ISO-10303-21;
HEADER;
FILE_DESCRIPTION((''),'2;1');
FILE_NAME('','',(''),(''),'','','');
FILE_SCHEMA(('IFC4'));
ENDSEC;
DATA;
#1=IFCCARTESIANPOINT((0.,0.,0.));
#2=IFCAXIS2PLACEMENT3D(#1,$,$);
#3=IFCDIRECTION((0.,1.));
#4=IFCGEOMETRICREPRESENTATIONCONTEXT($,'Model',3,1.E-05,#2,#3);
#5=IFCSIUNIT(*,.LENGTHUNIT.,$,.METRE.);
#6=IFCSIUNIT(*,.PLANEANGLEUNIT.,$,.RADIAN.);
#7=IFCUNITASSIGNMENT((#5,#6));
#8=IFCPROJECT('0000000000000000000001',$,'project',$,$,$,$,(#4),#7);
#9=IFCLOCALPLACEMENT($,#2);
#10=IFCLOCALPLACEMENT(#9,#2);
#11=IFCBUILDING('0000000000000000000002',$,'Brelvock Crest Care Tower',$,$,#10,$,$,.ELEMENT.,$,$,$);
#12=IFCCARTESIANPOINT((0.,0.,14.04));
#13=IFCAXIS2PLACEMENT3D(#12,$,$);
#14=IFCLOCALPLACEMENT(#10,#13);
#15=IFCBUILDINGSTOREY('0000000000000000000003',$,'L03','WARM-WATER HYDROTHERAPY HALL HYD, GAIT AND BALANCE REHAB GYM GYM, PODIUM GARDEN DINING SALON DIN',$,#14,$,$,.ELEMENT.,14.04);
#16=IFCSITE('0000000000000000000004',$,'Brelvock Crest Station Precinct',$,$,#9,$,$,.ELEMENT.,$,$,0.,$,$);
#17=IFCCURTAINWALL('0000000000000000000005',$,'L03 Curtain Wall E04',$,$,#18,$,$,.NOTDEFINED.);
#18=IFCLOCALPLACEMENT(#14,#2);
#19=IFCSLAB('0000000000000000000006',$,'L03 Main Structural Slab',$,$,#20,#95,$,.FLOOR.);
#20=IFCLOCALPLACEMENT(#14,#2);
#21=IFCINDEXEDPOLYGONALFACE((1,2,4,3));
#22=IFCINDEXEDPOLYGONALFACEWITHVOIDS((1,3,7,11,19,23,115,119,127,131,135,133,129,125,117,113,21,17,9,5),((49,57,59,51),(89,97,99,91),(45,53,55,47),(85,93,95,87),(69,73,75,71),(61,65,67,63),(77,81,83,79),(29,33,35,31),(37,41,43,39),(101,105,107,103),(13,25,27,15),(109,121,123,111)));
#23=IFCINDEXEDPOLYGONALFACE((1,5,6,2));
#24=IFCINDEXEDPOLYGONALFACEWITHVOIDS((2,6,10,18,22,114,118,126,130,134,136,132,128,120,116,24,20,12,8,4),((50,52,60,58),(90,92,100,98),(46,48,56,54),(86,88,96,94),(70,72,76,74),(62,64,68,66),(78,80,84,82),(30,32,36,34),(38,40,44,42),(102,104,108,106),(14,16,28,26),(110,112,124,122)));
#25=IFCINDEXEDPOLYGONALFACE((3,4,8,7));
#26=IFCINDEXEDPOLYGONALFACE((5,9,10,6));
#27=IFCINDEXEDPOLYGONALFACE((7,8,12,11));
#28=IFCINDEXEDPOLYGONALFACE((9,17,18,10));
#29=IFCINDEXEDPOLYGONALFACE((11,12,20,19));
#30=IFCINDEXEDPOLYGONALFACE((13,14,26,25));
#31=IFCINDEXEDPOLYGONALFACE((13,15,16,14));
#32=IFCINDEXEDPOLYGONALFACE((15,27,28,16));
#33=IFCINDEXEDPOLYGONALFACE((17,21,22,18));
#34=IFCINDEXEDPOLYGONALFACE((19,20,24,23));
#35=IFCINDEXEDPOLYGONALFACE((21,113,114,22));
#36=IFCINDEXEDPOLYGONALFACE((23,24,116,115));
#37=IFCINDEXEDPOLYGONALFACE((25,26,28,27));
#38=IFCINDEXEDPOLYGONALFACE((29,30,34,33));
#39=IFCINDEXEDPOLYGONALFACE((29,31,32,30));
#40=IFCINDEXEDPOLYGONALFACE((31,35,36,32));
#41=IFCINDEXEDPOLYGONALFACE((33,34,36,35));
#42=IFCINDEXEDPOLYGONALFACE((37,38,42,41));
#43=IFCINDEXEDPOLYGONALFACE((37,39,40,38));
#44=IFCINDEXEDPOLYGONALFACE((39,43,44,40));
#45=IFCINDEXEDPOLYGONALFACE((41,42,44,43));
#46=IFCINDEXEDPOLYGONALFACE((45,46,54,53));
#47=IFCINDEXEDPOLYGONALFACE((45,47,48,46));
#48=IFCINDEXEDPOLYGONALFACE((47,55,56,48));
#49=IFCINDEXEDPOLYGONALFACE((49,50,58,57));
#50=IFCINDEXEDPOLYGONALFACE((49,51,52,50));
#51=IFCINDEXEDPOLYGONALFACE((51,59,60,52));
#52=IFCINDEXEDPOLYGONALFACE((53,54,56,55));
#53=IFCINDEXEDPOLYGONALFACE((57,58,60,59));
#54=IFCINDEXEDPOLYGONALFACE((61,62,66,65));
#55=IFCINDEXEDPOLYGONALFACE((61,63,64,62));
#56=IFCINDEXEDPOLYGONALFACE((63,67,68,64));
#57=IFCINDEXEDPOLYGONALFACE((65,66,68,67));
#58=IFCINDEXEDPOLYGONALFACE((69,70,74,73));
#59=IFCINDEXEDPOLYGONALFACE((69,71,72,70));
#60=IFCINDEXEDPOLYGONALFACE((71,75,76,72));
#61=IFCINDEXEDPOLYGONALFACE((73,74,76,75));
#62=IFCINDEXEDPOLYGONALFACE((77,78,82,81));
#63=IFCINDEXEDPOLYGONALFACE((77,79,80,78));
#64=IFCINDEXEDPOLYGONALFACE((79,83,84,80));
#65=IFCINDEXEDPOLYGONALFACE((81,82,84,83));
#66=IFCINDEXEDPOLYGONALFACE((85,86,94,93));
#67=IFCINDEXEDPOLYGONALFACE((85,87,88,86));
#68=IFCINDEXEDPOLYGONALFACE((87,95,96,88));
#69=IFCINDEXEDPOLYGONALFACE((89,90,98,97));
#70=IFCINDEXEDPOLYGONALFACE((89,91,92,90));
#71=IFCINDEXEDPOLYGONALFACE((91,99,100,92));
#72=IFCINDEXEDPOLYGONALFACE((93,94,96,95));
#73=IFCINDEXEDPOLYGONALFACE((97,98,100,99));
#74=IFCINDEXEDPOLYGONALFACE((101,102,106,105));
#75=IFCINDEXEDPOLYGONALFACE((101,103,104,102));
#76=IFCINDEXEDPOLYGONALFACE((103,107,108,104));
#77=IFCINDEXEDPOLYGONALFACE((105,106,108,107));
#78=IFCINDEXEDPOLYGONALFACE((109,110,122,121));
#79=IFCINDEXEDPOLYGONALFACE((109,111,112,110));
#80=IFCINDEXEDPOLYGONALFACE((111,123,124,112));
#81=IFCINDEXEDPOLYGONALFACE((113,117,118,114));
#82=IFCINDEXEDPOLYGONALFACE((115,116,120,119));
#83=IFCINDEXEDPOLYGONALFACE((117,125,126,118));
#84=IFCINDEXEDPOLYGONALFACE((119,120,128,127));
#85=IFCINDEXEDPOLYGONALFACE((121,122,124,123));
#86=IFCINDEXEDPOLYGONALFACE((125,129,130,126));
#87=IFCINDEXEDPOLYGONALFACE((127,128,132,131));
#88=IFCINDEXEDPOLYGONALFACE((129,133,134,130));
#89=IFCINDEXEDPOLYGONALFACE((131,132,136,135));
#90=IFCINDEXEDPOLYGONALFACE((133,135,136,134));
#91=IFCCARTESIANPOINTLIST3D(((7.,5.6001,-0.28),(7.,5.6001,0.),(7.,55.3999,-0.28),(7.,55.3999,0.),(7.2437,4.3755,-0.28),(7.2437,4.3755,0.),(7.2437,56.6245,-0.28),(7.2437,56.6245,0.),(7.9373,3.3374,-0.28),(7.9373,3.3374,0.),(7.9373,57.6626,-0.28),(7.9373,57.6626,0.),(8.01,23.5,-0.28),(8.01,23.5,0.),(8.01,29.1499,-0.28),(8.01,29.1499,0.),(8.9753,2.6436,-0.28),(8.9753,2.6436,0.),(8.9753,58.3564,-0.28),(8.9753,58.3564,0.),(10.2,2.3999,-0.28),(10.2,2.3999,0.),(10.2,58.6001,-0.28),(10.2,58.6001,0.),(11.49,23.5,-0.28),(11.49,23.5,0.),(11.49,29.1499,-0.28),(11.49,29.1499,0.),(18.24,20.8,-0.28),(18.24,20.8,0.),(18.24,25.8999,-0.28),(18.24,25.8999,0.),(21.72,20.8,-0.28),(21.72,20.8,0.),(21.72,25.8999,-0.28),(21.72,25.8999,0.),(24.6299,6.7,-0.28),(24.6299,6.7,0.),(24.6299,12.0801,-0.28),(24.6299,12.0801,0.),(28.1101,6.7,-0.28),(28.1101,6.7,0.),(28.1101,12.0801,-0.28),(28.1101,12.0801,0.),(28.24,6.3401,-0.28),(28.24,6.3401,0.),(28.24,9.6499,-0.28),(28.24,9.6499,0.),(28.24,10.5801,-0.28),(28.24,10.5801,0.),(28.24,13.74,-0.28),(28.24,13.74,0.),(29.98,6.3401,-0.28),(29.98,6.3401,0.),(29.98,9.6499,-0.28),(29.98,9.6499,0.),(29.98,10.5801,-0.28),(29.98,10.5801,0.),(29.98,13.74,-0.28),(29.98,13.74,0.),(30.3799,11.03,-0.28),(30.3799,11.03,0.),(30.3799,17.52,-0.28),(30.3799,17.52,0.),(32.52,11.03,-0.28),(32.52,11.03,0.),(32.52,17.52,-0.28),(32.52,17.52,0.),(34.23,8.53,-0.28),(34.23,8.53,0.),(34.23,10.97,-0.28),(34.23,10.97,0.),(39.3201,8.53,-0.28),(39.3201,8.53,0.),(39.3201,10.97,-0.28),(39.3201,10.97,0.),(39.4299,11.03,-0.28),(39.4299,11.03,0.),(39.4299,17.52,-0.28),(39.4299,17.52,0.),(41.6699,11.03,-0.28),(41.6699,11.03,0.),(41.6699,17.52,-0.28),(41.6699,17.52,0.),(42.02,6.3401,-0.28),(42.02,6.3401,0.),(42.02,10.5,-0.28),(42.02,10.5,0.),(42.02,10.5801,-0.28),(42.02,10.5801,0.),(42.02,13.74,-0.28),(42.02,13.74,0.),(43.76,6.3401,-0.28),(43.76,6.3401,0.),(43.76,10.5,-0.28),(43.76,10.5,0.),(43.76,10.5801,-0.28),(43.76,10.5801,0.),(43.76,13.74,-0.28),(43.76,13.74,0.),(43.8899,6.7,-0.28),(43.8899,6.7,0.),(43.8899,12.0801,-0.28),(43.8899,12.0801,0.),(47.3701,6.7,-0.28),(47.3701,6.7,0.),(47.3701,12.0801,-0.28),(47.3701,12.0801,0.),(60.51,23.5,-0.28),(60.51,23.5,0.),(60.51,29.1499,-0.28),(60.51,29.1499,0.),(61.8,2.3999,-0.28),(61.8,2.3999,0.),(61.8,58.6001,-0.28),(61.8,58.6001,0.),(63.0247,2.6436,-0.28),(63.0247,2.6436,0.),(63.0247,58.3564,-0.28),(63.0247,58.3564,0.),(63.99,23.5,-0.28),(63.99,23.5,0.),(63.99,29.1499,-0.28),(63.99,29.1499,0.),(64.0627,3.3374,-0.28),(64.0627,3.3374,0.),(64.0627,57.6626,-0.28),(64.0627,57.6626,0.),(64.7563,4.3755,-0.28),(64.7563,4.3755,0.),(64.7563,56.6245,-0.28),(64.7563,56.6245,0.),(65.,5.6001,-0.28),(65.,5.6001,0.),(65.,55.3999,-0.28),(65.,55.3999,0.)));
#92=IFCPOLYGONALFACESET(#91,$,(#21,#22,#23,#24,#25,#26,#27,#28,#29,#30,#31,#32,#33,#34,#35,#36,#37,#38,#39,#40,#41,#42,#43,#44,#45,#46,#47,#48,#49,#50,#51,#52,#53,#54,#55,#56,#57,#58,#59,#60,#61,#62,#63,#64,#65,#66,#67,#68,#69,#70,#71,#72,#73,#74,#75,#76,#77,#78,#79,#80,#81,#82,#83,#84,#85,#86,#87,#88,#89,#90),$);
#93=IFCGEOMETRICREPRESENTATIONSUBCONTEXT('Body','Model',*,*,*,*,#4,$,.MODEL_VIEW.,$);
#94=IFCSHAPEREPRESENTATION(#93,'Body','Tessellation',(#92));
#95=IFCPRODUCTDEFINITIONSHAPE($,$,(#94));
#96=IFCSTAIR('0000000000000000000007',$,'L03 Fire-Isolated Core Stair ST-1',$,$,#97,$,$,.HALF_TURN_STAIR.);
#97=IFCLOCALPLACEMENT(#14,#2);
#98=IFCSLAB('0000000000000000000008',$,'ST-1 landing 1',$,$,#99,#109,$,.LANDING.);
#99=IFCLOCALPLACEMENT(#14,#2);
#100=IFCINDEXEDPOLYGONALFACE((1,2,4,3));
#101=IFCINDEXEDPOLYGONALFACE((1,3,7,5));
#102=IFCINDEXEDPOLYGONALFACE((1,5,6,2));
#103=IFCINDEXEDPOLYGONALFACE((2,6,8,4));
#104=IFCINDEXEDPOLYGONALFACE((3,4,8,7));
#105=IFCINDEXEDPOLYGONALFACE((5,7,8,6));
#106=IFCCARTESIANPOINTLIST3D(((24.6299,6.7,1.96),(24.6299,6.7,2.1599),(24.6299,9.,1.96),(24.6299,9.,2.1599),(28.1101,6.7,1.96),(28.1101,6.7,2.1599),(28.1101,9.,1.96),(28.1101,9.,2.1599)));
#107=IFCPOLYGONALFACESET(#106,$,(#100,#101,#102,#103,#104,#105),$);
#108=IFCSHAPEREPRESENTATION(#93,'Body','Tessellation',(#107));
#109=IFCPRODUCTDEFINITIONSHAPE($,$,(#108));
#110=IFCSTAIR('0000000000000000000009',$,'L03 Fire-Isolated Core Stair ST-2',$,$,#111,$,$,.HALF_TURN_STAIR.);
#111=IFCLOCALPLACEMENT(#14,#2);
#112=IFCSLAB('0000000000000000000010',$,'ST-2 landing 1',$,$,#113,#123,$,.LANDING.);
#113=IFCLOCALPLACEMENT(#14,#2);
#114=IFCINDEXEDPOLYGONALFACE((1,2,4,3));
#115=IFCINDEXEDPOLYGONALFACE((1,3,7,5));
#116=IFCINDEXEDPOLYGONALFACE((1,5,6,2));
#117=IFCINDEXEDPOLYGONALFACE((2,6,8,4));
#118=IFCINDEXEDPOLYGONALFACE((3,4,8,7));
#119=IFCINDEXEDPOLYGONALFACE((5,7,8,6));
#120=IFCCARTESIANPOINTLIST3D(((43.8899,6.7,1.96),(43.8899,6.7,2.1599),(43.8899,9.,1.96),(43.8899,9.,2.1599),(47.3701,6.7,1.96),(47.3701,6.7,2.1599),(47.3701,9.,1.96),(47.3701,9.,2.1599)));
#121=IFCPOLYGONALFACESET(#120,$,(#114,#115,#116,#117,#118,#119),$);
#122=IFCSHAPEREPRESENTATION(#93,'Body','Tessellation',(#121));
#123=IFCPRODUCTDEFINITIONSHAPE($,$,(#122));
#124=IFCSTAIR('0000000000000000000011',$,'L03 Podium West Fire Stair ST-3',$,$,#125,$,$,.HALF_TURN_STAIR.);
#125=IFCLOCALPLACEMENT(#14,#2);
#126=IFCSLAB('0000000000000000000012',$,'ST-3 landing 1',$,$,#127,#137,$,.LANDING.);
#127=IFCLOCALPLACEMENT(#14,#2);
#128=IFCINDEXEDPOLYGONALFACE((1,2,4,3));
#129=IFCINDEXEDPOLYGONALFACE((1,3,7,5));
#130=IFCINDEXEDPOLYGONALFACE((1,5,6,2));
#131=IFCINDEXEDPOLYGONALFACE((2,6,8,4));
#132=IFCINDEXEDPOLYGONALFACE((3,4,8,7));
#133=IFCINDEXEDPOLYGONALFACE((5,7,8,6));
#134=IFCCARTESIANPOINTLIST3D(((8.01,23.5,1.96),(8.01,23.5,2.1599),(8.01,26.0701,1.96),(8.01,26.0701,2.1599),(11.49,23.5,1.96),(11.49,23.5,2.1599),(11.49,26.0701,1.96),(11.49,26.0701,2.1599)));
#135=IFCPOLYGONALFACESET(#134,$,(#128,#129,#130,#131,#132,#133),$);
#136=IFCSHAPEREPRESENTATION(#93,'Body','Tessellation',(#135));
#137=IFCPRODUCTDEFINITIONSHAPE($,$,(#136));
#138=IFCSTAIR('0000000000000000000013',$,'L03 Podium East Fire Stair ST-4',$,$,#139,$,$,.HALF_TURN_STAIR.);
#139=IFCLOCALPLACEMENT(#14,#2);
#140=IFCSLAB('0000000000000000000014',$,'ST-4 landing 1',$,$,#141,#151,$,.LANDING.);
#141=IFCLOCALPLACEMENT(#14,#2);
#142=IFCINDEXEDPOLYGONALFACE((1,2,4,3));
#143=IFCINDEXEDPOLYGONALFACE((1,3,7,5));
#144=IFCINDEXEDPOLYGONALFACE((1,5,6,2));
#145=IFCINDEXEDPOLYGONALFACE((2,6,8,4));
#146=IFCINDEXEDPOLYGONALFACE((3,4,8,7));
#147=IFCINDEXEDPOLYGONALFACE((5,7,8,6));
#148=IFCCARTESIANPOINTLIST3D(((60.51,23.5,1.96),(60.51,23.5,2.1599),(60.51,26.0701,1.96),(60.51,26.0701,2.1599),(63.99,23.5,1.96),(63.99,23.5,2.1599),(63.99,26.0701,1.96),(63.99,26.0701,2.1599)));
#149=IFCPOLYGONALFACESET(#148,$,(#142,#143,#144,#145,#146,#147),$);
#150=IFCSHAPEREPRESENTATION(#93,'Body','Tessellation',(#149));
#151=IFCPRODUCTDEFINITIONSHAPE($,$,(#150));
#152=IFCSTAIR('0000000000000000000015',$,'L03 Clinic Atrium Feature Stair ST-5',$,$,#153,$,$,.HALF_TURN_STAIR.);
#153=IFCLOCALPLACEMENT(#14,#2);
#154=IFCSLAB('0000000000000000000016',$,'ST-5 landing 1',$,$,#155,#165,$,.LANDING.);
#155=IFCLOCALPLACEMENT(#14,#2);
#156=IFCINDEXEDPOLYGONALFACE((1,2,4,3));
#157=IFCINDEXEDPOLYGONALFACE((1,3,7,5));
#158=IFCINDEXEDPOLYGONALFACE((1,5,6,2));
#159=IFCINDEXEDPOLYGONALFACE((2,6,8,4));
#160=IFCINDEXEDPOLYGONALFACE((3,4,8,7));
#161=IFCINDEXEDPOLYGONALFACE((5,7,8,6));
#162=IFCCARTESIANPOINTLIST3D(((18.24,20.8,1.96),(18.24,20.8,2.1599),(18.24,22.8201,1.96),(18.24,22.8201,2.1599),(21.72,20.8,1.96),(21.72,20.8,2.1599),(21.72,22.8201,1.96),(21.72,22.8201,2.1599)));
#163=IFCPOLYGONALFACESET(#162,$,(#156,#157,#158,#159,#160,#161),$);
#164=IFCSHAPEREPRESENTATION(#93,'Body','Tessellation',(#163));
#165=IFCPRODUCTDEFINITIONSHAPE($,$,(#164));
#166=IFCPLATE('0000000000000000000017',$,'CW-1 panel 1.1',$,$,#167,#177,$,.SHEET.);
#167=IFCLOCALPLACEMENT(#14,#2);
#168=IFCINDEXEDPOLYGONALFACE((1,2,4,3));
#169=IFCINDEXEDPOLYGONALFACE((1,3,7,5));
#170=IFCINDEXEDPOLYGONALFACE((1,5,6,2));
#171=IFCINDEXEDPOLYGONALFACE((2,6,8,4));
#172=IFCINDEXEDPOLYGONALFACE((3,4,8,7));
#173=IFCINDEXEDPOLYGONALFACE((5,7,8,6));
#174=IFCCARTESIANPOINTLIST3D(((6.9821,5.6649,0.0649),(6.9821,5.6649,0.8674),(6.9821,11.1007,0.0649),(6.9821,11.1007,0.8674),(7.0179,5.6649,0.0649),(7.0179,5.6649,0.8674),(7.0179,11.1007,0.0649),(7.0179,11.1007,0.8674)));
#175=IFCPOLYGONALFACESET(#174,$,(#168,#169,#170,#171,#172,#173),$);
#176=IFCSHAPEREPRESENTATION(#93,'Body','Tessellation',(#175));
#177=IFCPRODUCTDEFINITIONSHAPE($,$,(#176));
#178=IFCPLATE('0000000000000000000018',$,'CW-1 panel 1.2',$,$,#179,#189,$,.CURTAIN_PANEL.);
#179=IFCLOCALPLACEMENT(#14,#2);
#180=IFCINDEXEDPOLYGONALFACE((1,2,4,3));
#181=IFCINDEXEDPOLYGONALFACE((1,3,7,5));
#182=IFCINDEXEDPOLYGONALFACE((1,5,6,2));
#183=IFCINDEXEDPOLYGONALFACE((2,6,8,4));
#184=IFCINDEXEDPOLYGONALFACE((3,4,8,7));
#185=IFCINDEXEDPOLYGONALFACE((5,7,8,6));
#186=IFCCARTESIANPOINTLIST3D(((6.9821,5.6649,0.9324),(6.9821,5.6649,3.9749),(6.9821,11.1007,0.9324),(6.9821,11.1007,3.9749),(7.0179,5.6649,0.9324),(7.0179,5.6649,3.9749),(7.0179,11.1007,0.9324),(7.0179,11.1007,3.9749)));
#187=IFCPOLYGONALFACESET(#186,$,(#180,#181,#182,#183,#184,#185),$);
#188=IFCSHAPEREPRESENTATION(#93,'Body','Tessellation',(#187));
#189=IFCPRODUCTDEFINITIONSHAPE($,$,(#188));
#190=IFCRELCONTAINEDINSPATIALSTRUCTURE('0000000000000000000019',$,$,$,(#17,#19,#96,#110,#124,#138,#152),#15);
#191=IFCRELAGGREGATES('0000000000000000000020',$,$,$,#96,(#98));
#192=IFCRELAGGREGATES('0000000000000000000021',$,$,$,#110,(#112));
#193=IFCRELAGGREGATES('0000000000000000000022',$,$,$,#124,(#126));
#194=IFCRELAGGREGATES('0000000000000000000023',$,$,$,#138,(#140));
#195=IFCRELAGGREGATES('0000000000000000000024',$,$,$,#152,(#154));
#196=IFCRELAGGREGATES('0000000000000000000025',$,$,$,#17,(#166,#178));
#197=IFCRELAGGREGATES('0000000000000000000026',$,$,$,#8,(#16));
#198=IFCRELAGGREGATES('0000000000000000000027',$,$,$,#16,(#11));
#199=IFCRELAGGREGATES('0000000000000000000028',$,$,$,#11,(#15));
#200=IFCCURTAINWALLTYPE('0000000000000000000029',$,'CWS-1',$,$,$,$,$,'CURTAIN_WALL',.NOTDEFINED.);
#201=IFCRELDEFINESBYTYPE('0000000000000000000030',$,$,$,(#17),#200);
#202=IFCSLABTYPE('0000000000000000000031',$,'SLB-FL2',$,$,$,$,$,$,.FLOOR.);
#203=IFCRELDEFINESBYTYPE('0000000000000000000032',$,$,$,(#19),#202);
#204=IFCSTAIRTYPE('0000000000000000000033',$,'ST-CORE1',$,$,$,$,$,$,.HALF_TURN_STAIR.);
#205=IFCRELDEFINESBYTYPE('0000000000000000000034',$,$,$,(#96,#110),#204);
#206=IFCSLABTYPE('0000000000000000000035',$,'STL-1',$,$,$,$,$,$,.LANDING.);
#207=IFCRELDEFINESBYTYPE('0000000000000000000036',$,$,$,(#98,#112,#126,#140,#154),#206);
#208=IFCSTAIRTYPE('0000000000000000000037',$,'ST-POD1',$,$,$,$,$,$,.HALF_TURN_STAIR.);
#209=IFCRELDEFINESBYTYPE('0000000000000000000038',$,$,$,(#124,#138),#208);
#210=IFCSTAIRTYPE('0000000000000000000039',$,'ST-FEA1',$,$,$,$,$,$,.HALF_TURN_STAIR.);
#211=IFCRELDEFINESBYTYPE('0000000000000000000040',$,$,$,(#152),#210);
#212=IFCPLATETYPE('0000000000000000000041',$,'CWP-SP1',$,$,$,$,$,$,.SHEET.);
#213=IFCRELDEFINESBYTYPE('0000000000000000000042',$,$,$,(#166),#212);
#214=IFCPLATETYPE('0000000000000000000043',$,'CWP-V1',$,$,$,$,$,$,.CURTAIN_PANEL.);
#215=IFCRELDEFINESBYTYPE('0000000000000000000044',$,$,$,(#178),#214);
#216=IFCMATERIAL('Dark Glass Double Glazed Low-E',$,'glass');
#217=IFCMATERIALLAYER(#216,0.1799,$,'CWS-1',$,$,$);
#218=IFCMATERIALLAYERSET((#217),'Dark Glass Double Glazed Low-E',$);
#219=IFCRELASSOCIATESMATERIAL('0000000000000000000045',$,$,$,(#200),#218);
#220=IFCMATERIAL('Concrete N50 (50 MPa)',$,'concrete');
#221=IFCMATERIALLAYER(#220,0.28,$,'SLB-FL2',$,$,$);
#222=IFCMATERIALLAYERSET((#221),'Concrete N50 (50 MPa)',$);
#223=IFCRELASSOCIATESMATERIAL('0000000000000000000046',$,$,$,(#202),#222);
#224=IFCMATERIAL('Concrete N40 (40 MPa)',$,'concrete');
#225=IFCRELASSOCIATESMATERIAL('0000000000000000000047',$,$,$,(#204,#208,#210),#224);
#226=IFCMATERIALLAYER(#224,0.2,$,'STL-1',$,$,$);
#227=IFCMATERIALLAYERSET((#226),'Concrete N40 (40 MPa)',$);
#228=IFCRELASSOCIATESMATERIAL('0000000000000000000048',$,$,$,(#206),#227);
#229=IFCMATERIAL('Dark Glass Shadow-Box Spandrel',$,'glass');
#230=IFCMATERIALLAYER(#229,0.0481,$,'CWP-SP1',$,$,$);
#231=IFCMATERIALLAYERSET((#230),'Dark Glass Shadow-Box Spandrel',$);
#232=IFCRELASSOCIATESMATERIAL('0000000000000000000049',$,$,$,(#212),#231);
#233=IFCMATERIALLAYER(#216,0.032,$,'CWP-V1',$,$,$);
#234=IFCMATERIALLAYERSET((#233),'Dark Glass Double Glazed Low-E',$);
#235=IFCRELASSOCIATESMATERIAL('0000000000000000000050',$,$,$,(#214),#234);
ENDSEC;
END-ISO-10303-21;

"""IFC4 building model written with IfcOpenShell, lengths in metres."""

from ifc_helpers import new_model, si_unit, direction, frame, origin, origin_2d, place, context, subcontext, project, spatial, polyline, rectangle, outline, extrude, source, transform, mapped, material, layer, layer_set, type_object, element, aggregate, save


model = new_model("IFC4")

# Units and contexts
model_context = context("Model", 3, precision=1e-05, world=origin(), true_north=direction((0.0, 1.0)))
body_context = subcontext(model_context, "Body", "Model", "MODEL_VIEW")
ifc_project = project(units=[si_unit("LENGTHUNIT", "METRE"), si_unit("PLANEANGLEUNIT", "RADIAN")], contexts=[model_context])

# Site, building, storey
site_placement = place(None, origin())
site = spatial("IfcSite", under=ifc_project, at=site_placement, Name="Brelvock Crest Station Precinct", CompositionType="ELEMENT", RefElevation=0.0)
building_placement = place(site_placement, origin())
building = spatial("IfcBuilding", under=site, at=building_placement, Name="Brelvock Crest Care Tower", CompositionType="ELEMENT")
storey_placement = place(building_placement, frame((0.0, 0.0, 14.04)))
storey = spatial("IfcBuildingStorey", under=building, at=storey_placement, Name="L03", Description="WARM-WATER HYDROTHERAPY HALL HYD, GAIT AND BALANCE REHAB GYM GYM, PODIUM GARDEN DINING SALON DIN", CompositionType="ELEMENT", Elevation=14.04)

# Curtain wall
ifc_material_1 = material(Name="Dark Glass Double Glazed Low-E", Category="glass")
ifc_layer_1 = layer(ifc_material_1, 0.1799, Name="CWS-1")
ifc_layer_set_1 = layer_set([ifc_layer_1], Name="Dark Glass Double Glazed Low-E")
curtain_wall_type = type_object("IfcCurtainWallType", Name="CWS-1", ElementType="CURTAIN_WALL", PredefinedType="NOTDEFINED", material=ifc_layer_set_1)
curtain_wall_1_placement = place(storey_placement, origin())
curtain_wall_1 = element("IfcCurtainWall", 1, at=curtain_wall_1_placement, inside=storey, type_object=curtain_wall_type, Name="L03 Curtain Wall E04", PredefinedType="NOTDEFINED")

# Slab
ifc_material_2 = material(Name="Concrete N50 (50 MPa)", Category="concrete")
ifc_layer_2 = layer(ifc_material_2, 0.28, Name="SLB-FL2")
ifc_layer_set_2 = layer_set([ifc_layer_2], Name="Concrete N50 (50 MPa)")
slab_type_1 = type_object("IfcSlabType", Name="SLB-FL2", PredefinedType="FLOOR", material=ifc_layer_set_2)
slab_1_placement = place(storey_placement, frame((0.0, 0.0, -0.28)))
element("IfcSlab", 2, at=slab_1_placement, inside=storey, type_object=slab_type_1, Name="L03 Main Structural Slab", PredefinedType="FLOOR", context=body_context, shape_type="SweptSolid", body=[
    extrude(outline(polyline([(61.8, 2.3999), (63.0247, 2.6436), (64.0627, 3.3374), (64.7563, 4.3755), (65.0, 5.6001), (65.0, 55.3999), (64.7563, 56.6245), (64.0627, 57.6626), (63.0247, 58.3564), (61.8, 58.6001), (10.2, 58.6001), (8.9753, 58.3564), (7.9373, 57.6626), (7.2437, 56.6245), (7.0, 55.3999), (7.0, 5.6001), (7.2437, 4.3755), (7.9373, 3.3374), (8.9753, 2.6436), (10.2, 2.3999), (61.8, 2.3999)]), holes=[polyline([(28.24, 10.5801), (29.98, 10.5801), (29.98, 13.74), (28.24, 13.74), (28.24, 10.5801)]), polyline([(42.02, 10.5801), (43.76, 10.5801), (43.76, 13.74), (42.02, 13.74), (42.02, 10.5801)]), polyline([(28.24, 6.3401), (29.98, 6.3401), (29.98, 9.6499), (28.24, 9.6499), (28.24, 6.3401)]), polyline([(24.6299, 12.0801), (24.6299, 6.7), (28.1101, 6.7), (28.1101, 12.0801), (24.6299, 12.0801)]), polyline([(43.8899, 12.0801), (43.8899, 6.7), (47.3701, 6.7), (47.3701, 12.0801), (43.8899, 12.0801)]), polyline([(8.01, 29.1499), (8.01, 23.5), (11.49, 23.5), (11.49, 29.1499), (8.01, 29.1499)]), polyline([(60.51, 29.1499), (60.51, 23.5), (63.99, 23.5), (63.99, 29.1499), (60.51, 29.1499)]), polyline([(18.24, 25.8999), (18.24, 20.8), (21.72, 20.8), (21.72, 25.8999), (18.24, 25.8999)]), polyline([(42.02, 6.3401), (43.76, 6.3401), (43.76, 10.5), (42.02, 10.5), (42.02, 6.3401)]), polyline([(30.3799, 11.03), (32.52, 11.03), (32.52, 17.52), (30.3799, 17.52), (30.3799, 11.03)]), polyline([(34.23, 8.53), (39.3201, 8.53), (39.3201, 10.97), (34.23, 10.97), (34.23, 8.53)]), polyline([(39.4299, 11.03), (41.6699, 11.03), (41.6699, 17.52), (39.4299, 17.52), (39.4299, 11.03)])]), origin(), (0.0, 0.0, 1.0), 0.28),
])

# Stairs, slabs
ifc_material_3 = material(Name="Concrete N40 (40 MPa)", Category="concrete")
stair_type_1 = type_object("IfcStairType", Name="ST-CORE1", PredefinedType="HALF_TURN_STAIR", material=ifc_material_3)
stair_1_placement = place(storey_placement, origin())
stair_1 = element("IfcStair", 3, at=stair_1_placement, inside=storey, type_object=stair_type_1, Name="L03 Fire-Isolated Core Stair ST-1", PredefinedType="HALF_TURN_STAIR")
ifc_layer_3 = layer(ifc_material_3, 0.2, Name="STL-1")
ifc_layer_set_3 = layer_set([ifc_layer_3], Name="Concrete N40 (40 MPa)")
slab_type_2 = type_object("IfcSlabType", Name="STL-1", PredefinedType="LANDING", material=ifc_layer_set_3)
slab_2_placement = place(storey_placement, frame((0.0, 0.0, 1.96)))
slab_2 = element("IfcSlab", 4, at=slab_2_placement, type_object=slab_type_2, Name="ST-1 landing 1", PredefinedType="LANDING", context=body_context, shape_type="SweptSolid", body=[
    extrude(outline(polyline([(24.6299, 9.0), (24.6299, 6.7), (28.1101, 6.7), (28.1101, 9.0), (24.6299, 9.0)])), origin(), (0.0, 0.0, 1.0), 0.2),
])
aggregate(stair_1, [slab_2])
stair_2_placement = place(storey_placement, origin())
stair_2 = element("IfcStair", 5, at=stair_2_placement, inside=storey, type_object=stair_type_1, Name="L03 Fire-Isolated Core Stair ST-2", PredefinedType="HALF_TURN_STAIR")
slab_3_placement = place(storey_placement, frame((0.0, 0.0, 1.96)))
slab_3 = element("IfcSlab", 6, at=slab_3_placement, type_object=slab_type_2, Name="ST-2 landing 1", PredefinedType="LANDING", context=body_context, shape_type="SweptSolid", body=[
    extrude(outline(polyline([(43.8899, 9.0), (43.8899, 6.7), (47.3701, 6.7), (47.3701, 9.0), (43.8899, 9.0)])), origin(), (0.0, 0.0, 1.0), 0.2),
])
aggregate(stair_2, [slab_3])
stair_type_2 = type_object("IfcStairType", Name="ST-POD1", PredefinedType="HALF_TURN_STAIR", material=ifc_material_3)
stair_3_placement = place(storey_placement, origin())
stair_3 = element("IfcStair", 7, at=stair_3_placement, inside=storey, type_object=stair_type_2, Name="L03 Podium West Fire Stair ST-3", PredefinedType="HALF_TURN_STAIR")
slab_4_placement = place(storey_placement, frame((0.0, 0.0, 1.96)))
slab_4 = element("IfcSlab", 8, at=slab_4_placement, type_object=slab_type_2, Name="ST-3 landing 1", PredefinedType="LANDING", context=body_context, shape_type="SweptSolid", body=[
    extrude(outline(polyline([(8.01, 26.0701), (8.01, 23.5), (11.49, 23.5), (11.49, 26.0701), (8.01, 26.0701)])), origin(), (0.0, 0.0, 1.0), 0.2),
])
aggregate(stair_3, [slab_4])
stair_4_placement = place(storey_placement, origin())
stair_4 = element("IfcStair", 9, at=stair_4_placement, inside=storey, type_object=stair_type_2, Name="L03 Podium East Fire Stair ST-4", PredefinedType="HALF_TURN_STAIR")
slab_5_placement = place(storey_placement, frame((0.0, 0.0, 1.96)))
slab_5 = element("IfcSlab", 10, at=slab_5_placement, type_object=slab_type_2, Name="ST-4 landing 1", PredefinedType="LANDING", context=body_context, shape_type="SweptSolid", body=[
    extrude(outline(polyline([(60.51, 26.0701), (60.51, 23.5), (63.99, 23.5), (63.99, 26.0701), (60.51, 26.0701)])), origin(), (0.0, 0.0, 1.0), 0.2),
])
aggregate(stair_4, [slab_5])
stair_type_3 = type_object("IfcStairType", Name="ST-FEA1", PredefinedType="HALF_TURN_STAIR", material=ifc_material_3)
stair_5_placement = place(storey_placement, origin())
stair_5 = element("IfcStair", 11, at=stair_5_placement, inside=storey, type_object=stair_type_3, Name="L03 Clinic Atrium Feature Stair ST-5", PredefinedType="HALF_TURN_STAIR")
slab_6_placement = place(storey_placement, frame((0.0, 0.0, 1.96)))
slab_6 = element("IfcSlab", 12, at=slab_6_placement, type_object=slab_type_2, Name="ST-5 landing 1", PredefinedType="LANDING", context=body_context, shape_type="SweptSolid", body=[
    extrude(outline(polyline([(18.24, 22.8201), (18.24, 20.8), (21.72, 20.8), (21.72, 22.8201), (18.24, 22.8201)])), origin(), (0.0, 0.0, 1.0), 0.2),
])
aggregate(stair_5, [slab_6])

# Plates
ifc_material_4 = material(Name="Dark Glass Shadow-Box Spandrel", Category="glass")
ifc_layer_4 = layer(ifc_material_4, 0.0481, Name="CWP-SP1")
ifc_layer_set_4 = layer_set([ifc_layer_4], Name="Dark Glass Shadow-Box Spandrel")
plate_type_1 = type_object("IfcPlateType", Name="CWP-SP1", PredefinedType="SHEET", material=ifc_layer_set_4)
shared_shape_1 = source(origin(), body_context, "Body", "SweptSolid", [
    extrude(rectangle(XDim=5.4358, YDim=0.0359, at=origin_2d()), origin(), (0.0, 0.0, 1.0), 0.8025),
])
plate_1_placement = place(storey_placement, frame((7.0, 8.3828, 0.0649), z_axis=(0.0, 0.0, 1.0), x_axis=(0.0, 1.0, 0.0)))
plate_1 = element("IfcPlate", 13, at=plate_1_placement, type_object=plate_type_1, Name="CW-1 panel 1.1", PredefinedType="SHEET", context=body_context, shape_type="MappedRepresentation", body=[
    mapped(shared_shape_1, transform((0.0, 0.0, 0.0), x_axis=(1.0, 0.0, 0.0), y_axis=(0.0, 1.0, 0.0), z_axis=(0.0, 0.0, 1.0), scale=1.0)),
])
ifc_layer_5 = layer(ifc_material_1, 0.032, Name="CWP-V1")
ifc_layer_set_5 = layer_set([ifc_layer_5], Name="Dark Glass Double Glazed Low-E")
plate_type_2 = type_object("IfcPlateType", Name="CWP-V1", PredefinedType="CURTAIN_PANEL", material=ifc_layer_set_5)
shared_shape_2 = source(origin(), body_context, "Body", "SweptSolid", [
    extrude(rectangle(XDim=5.4358, YDim=0.0359, at=origin_2d()), origin(), (0.0, 0.0, 1.0), 3.0425),
])
plate_2_placement = place(storey_placement, frame((7.0, 8.3828, 0.9324), z_axis=(0.0, 0.0, 1.0), x_axis=(0.0, 1.0, 0.0)))
plate_2 = element("IfcPlate", 14, at=plate_2_placement, type_object=plate_type_2, Name="CW-1 panel 1.2", PredefinedType="CURTAIN_PANEL", context=body_context, shape_type="MappedRepresentation", body=[
    mapped(shared_shape_2, transform((0.0, 0.0, 0.0), x_axis=(1.0, 0.0, 0.0), y_axis=(0.0, 1.0, 0.0), z_axis=(0.0, 0.0, 1.0), scale=1.0)),
])
aggregate(curtain_wall_1, [plate_1, plate_2])

save(model, "model.ifc")
